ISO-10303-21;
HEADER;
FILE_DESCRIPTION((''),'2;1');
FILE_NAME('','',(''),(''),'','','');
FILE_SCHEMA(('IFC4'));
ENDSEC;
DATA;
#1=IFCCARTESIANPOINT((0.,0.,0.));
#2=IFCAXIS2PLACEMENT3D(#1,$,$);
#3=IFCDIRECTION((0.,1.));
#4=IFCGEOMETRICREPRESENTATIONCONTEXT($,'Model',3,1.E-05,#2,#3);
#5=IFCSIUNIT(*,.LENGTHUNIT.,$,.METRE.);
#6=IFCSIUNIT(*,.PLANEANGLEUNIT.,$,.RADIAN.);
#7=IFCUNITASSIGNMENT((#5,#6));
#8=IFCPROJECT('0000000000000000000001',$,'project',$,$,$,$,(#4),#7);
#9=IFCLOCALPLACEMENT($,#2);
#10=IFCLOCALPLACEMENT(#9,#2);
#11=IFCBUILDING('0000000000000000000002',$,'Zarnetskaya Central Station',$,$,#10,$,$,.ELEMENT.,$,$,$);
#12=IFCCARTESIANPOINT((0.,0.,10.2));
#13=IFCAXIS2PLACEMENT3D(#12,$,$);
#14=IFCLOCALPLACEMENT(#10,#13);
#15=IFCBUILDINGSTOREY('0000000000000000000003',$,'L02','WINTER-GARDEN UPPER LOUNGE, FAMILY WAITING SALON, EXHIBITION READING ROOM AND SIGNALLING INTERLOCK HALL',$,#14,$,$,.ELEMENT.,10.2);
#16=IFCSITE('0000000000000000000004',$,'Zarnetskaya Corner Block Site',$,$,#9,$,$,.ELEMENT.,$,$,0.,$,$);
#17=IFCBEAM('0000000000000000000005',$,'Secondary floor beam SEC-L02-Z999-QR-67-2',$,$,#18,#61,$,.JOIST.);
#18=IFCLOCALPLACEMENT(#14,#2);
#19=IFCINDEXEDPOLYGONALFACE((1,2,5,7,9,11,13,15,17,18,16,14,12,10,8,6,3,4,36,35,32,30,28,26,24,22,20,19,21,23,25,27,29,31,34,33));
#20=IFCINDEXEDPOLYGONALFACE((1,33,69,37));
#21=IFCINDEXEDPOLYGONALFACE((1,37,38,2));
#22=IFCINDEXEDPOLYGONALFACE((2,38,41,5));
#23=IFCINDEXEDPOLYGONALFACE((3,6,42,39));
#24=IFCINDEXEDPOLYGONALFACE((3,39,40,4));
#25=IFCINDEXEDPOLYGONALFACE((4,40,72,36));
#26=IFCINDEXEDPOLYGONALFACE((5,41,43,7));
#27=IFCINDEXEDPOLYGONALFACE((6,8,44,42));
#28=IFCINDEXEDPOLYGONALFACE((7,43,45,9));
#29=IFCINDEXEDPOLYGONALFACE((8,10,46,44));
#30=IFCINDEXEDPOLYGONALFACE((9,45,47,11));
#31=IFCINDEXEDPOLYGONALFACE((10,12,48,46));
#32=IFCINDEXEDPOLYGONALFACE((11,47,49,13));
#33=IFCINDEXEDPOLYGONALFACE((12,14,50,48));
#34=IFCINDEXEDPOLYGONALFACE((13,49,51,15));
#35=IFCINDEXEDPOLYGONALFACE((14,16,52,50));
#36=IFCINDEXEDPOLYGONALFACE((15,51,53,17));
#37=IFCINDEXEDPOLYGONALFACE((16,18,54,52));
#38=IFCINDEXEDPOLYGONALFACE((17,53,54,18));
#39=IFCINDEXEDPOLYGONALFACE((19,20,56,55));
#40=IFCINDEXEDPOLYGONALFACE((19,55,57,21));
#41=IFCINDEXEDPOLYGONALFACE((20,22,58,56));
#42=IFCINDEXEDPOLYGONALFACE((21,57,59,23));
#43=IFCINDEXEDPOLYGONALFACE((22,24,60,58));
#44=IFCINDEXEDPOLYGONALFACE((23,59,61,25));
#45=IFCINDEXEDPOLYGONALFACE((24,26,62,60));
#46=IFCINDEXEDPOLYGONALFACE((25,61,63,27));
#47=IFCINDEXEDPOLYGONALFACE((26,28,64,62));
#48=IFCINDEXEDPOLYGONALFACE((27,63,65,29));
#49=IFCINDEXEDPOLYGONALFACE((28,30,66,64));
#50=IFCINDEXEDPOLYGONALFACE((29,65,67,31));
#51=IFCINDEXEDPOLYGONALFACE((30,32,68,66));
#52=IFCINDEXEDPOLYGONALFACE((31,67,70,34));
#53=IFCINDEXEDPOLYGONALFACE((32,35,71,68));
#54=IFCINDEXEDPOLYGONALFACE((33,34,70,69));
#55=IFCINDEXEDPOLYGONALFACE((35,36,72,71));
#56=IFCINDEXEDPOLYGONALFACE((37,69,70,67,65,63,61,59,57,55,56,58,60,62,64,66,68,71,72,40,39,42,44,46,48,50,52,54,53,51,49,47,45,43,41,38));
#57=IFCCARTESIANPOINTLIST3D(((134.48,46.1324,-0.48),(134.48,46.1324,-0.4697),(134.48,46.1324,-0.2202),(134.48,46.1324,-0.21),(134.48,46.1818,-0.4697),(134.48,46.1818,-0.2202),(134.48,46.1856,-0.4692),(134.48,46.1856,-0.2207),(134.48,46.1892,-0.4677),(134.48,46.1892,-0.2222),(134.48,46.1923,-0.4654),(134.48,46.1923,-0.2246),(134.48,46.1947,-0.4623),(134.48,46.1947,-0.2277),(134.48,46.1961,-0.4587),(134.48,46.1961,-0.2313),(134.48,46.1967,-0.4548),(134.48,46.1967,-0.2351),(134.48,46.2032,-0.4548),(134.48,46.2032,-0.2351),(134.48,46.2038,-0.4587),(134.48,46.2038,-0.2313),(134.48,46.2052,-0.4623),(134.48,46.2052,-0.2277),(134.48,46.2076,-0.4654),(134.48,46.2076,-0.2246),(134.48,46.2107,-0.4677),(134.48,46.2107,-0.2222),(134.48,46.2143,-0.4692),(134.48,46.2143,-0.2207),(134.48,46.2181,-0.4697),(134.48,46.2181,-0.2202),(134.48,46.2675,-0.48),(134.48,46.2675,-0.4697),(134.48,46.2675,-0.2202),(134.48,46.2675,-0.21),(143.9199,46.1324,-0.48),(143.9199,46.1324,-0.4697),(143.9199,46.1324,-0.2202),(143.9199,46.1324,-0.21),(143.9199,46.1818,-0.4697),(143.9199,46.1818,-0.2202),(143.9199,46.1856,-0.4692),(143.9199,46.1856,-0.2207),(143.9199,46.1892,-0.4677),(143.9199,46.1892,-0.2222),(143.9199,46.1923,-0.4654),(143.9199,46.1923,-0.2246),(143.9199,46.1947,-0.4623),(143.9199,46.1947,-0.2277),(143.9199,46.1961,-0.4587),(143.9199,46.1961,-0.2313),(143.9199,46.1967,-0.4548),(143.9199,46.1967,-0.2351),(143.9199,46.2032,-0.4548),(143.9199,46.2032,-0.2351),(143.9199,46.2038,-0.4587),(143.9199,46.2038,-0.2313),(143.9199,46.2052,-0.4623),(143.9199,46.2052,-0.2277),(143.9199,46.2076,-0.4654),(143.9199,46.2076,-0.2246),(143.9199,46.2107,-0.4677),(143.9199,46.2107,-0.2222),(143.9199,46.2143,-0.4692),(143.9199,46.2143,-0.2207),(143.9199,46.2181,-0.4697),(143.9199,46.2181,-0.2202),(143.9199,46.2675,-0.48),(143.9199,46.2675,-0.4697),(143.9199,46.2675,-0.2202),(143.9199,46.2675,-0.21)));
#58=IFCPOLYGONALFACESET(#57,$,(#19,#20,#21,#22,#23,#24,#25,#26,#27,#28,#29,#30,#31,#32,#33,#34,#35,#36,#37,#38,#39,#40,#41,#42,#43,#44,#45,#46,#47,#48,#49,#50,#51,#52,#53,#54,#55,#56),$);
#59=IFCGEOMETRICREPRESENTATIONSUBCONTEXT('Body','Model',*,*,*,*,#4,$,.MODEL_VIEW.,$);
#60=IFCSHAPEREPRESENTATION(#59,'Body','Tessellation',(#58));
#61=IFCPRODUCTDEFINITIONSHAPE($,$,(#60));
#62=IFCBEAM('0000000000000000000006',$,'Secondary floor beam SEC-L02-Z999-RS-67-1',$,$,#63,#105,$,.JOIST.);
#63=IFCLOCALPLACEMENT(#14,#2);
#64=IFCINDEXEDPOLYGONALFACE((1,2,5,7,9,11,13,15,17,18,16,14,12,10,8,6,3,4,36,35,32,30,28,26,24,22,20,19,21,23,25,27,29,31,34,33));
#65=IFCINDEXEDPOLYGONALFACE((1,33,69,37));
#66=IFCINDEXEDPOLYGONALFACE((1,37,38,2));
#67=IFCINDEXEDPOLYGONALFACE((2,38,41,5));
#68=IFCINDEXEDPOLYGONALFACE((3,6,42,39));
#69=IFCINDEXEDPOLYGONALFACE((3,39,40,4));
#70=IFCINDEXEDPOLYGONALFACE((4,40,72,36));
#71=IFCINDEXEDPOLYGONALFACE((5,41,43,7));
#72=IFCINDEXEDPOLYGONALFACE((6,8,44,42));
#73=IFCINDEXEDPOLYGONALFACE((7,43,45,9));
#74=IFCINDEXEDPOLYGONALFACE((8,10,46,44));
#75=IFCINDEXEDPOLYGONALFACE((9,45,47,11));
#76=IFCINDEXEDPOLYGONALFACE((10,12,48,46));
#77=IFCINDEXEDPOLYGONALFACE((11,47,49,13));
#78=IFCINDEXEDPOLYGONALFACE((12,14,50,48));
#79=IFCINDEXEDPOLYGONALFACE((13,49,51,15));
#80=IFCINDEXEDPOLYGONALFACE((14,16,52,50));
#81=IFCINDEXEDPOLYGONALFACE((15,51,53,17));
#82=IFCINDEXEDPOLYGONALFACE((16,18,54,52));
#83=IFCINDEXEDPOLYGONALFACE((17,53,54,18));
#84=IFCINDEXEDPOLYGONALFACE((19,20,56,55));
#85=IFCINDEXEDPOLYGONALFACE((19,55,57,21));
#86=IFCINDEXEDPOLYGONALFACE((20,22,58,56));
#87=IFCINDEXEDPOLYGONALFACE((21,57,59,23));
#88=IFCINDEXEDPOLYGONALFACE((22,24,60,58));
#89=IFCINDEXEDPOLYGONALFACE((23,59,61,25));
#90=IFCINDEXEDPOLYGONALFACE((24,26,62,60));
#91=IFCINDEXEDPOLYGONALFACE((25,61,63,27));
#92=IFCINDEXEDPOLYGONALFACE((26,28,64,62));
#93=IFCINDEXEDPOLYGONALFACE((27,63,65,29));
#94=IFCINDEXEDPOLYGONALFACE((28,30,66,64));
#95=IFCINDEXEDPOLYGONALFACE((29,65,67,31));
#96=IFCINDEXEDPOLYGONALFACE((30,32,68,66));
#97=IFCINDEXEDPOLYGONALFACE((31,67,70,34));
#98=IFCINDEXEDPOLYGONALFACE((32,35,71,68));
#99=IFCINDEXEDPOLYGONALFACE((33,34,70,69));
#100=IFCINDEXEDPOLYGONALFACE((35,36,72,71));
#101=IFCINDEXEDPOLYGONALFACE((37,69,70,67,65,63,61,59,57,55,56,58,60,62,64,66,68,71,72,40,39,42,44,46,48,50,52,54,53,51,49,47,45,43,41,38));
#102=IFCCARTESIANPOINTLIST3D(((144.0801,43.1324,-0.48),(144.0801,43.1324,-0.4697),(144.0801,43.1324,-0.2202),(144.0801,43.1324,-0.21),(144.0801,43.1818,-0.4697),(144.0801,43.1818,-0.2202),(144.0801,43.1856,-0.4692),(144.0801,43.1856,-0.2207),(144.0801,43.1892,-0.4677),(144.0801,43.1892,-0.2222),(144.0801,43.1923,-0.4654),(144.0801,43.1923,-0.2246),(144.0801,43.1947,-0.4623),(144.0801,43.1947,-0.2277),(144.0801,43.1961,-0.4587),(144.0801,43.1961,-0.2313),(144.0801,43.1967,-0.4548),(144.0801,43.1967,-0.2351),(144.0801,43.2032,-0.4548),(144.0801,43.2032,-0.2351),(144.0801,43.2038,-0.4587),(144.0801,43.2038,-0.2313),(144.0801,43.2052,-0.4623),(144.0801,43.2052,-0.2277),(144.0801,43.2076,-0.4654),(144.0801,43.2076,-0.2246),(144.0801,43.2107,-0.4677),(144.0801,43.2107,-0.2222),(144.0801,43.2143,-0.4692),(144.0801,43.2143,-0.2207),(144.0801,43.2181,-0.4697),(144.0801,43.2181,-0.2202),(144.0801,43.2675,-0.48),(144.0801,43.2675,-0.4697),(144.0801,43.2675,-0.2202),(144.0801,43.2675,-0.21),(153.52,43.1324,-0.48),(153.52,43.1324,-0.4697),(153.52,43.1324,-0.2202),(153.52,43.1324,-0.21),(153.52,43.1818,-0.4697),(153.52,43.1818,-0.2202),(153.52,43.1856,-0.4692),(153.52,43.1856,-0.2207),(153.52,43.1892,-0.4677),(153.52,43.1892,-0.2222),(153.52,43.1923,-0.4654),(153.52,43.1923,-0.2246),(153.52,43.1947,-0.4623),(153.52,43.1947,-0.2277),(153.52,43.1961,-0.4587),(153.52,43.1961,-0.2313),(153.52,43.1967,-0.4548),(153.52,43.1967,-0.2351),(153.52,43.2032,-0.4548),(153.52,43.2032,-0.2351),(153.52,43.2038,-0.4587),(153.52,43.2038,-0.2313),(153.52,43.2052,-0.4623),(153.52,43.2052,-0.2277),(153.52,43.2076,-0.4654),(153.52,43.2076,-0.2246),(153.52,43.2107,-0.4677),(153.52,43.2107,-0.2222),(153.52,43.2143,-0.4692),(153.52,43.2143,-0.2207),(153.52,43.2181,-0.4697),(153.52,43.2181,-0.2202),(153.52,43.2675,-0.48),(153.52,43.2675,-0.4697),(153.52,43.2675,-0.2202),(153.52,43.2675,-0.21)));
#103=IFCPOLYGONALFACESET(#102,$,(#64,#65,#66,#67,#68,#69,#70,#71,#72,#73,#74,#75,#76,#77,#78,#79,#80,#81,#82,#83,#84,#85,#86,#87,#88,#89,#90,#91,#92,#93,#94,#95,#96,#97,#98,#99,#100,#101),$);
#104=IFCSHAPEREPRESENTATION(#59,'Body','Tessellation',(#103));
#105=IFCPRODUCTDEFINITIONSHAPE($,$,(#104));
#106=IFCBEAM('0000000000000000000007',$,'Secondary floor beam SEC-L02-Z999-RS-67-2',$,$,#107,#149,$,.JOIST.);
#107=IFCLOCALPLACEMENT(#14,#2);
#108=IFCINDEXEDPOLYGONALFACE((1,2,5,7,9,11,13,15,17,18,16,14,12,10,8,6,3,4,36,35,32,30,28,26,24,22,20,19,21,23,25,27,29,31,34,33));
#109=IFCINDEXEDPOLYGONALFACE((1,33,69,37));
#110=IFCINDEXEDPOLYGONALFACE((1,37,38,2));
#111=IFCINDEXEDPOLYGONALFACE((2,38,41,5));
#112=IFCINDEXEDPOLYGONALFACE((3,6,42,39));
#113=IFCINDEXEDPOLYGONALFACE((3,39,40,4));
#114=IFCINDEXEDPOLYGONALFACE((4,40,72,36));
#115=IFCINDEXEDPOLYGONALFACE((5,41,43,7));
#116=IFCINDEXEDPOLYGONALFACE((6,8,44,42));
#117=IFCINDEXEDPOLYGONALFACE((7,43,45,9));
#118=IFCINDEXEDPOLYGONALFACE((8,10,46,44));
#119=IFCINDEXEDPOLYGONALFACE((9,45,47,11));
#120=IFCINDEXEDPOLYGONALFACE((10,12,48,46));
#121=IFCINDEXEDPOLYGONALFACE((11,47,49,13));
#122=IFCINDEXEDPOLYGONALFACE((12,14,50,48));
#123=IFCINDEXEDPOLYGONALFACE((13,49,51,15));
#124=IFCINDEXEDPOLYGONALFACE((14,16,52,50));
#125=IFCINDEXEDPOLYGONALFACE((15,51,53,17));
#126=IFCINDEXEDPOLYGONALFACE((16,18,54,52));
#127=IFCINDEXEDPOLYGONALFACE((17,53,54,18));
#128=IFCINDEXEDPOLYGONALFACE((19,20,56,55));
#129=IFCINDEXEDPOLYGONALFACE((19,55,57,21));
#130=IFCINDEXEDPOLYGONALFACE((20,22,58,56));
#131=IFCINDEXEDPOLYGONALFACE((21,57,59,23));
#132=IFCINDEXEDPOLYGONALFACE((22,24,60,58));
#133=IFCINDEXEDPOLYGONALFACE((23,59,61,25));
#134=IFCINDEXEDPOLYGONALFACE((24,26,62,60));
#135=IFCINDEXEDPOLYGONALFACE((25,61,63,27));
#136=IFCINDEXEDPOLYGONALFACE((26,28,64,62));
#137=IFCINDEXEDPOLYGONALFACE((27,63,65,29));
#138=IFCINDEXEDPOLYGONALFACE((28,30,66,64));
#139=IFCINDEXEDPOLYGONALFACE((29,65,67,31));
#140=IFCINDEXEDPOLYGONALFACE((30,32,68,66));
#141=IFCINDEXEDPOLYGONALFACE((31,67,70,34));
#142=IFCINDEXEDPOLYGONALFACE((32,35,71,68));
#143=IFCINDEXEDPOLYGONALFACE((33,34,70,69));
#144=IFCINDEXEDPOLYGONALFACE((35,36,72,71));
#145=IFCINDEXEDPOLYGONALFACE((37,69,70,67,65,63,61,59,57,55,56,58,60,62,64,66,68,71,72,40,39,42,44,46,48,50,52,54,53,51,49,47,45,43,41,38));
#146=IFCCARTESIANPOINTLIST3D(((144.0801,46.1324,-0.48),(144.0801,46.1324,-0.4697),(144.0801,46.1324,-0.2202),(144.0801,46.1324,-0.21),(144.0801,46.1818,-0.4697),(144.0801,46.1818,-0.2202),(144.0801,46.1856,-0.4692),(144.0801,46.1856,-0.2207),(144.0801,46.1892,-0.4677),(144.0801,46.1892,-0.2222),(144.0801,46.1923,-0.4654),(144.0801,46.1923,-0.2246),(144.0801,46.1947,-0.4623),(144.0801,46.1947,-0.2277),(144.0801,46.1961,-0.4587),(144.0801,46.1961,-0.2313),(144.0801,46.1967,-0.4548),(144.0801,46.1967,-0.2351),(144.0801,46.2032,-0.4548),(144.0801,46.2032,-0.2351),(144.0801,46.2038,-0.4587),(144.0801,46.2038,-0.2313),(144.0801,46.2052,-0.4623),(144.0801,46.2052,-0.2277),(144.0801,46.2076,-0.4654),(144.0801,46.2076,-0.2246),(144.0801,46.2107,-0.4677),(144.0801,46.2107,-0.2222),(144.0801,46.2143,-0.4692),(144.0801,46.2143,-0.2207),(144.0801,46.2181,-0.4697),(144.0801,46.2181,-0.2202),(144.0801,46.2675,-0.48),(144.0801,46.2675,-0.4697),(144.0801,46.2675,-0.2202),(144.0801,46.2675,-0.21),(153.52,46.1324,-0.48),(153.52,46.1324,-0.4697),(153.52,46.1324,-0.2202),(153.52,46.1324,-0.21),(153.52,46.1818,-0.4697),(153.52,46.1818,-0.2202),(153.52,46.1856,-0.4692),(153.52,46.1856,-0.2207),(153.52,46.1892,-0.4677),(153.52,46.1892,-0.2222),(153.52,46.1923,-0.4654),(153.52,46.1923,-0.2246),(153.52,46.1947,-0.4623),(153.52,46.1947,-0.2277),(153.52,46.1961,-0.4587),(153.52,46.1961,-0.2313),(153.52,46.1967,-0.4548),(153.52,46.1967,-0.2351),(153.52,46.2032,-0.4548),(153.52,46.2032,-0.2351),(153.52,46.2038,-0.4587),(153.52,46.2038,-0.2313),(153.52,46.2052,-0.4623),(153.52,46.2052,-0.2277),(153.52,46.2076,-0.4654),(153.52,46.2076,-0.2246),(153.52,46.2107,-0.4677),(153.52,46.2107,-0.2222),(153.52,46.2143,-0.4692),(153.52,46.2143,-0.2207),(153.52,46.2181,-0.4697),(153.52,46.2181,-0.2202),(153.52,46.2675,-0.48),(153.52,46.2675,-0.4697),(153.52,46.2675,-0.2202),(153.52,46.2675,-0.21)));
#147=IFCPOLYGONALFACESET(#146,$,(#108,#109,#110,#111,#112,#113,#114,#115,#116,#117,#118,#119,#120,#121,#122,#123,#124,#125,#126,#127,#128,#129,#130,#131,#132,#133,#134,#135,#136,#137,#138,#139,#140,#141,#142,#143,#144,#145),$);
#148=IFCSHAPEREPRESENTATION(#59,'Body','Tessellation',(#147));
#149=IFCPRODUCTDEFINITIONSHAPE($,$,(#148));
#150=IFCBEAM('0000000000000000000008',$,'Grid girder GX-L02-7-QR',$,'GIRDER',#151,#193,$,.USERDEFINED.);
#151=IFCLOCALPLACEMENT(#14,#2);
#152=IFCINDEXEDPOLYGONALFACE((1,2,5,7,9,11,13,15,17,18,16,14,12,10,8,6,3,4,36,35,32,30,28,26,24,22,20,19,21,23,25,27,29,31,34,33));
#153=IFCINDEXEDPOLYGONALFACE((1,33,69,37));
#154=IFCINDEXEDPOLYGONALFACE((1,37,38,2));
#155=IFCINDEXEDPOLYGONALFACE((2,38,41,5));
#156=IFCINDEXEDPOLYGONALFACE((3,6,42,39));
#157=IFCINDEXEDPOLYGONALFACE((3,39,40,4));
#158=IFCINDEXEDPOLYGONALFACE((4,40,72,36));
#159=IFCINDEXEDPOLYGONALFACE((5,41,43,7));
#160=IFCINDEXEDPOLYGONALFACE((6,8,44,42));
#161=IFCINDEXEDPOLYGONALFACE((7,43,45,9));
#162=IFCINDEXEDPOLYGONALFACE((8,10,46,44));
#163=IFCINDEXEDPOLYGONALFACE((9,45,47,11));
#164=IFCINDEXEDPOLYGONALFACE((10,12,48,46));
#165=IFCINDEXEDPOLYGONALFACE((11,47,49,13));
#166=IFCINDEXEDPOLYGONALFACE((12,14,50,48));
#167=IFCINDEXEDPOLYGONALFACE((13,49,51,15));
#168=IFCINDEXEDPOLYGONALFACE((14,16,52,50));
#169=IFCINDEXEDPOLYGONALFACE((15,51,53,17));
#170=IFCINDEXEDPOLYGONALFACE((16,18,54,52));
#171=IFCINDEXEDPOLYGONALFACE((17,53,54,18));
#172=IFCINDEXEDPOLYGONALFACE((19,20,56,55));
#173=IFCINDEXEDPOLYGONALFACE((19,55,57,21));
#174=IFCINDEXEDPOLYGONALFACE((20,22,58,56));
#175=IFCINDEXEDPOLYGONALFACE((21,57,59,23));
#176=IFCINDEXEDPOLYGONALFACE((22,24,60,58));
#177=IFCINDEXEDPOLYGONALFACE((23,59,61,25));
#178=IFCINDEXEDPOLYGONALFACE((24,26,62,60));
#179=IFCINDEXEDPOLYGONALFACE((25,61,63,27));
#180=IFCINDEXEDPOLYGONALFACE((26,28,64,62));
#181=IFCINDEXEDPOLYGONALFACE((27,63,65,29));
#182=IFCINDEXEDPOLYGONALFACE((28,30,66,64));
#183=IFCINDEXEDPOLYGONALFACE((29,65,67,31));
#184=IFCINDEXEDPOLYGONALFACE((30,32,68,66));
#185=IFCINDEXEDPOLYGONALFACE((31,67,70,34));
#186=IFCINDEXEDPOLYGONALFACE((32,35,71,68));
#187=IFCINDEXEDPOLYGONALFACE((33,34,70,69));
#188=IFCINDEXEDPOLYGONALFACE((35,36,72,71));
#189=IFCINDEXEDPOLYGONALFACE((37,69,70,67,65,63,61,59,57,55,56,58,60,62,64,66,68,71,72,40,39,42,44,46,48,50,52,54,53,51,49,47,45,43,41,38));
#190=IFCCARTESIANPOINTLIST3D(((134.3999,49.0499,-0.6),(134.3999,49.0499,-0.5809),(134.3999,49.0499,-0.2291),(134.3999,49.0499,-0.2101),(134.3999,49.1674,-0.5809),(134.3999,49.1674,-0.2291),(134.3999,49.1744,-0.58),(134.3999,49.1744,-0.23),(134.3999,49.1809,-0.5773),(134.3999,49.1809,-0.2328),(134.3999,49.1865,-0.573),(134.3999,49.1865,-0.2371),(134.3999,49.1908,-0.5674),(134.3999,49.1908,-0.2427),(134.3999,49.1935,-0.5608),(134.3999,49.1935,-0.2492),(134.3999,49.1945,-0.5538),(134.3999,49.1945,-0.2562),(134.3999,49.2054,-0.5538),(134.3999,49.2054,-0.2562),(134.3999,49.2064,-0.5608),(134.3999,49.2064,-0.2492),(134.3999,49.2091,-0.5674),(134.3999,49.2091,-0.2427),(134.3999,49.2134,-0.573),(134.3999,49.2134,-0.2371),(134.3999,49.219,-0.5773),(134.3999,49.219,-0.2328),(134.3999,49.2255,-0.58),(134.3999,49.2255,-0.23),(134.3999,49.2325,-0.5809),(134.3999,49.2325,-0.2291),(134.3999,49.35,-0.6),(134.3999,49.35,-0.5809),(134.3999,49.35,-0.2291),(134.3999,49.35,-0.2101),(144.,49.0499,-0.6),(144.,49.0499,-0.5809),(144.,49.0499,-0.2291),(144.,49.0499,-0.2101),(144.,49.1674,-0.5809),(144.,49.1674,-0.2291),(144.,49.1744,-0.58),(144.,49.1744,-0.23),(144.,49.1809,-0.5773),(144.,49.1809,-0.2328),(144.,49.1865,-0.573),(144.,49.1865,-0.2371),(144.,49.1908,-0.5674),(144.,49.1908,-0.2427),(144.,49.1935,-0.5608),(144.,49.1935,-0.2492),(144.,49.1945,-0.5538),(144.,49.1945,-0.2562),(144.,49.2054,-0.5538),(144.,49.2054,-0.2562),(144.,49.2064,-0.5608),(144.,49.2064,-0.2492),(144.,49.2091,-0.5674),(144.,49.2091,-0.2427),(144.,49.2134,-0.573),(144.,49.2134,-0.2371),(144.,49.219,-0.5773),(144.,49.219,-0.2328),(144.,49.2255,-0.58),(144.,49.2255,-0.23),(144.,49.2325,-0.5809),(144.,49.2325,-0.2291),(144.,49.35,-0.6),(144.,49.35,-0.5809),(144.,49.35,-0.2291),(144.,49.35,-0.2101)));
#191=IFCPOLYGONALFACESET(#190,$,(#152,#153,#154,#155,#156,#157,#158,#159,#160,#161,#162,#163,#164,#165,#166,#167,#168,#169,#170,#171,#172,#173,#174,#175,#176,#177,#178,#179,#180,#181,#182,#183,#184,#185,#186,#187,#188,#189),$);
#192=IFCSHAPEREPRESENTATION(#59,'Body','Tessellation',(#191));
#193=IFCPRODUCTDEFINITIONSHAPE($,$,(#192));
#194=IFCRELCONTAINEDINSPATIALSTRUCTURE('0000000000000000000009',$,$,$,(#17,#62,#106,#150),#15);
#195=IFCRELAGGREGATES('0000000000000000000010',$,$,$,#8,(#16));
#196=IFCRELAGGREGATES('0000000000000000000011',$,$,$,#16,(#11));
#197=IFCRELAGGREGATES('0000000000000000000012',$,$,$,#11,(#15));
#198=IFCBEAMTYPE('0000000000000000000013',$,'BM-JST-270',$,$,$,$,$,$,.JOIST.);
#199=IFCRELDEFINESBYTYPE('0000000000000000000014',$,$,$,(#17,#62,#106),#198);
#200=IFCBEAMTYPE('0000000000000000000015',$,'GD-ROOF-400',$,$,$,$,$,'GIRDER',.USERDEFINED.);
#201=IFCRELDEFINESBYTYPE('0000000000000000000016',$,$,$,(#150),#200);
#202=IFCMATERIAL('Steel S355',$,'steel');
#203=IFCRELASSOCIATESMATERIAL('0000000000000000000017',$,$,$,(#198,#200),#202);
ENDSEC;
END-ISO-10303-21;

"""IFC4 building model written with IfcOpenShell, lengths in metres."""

from ifc_helpers import new_model, si_unit, direction, frame, origin, origin_2d, place, context, subcontext, project, spatial, i_section, extrude, material, material_profile, profile_set, type_object, element, save


model = new_model("IFC4")

# Units and contexts
model_context = context("Model", 3, precision=1e-05, world=origin(), true_north=direction((0.0, 1.0)))
body_context = subcontext(model_context, "Body", "Model", "MODEL_VIEW")
ifc_project = project(units=[si_unit("LENGTHUNIT", "METRE"), si_unit("PLANEANGLEUNIT", "RADIAN")], contexts=[model_context])

# Site, building, storey
site_placement = place(None, origin())
site = spatial("IfcSite", under=ifc_project, at=site_placement, Name="Zarnetskaya Corner Block Site", CompositionType="ELEMENT", RefElevation=0.0)
building_placement = place(site_placement, origin())
building = spatial("IfcBuilding", under=site, at=building_placement, Name="Zarnetskaya Central Station", CompositionType="ELEMENT")
storey_placement = place(building_placement, frame((0.0, 0.0, 10.2)))
storey = spatial("IfcBuildingStorey", under=building, at=storey_placement, Name="L02", Description="WINTER-GARDEN UPPER LOUNGE, FAMILY WAITING SALON, EXHIBITION READING ROOM AND SIGNALLING INTERLOCK HALL", CompositionType="ELEMENT", Elevation=10.2)

# Beams
ifc_material_1 = material(Name="Steel S355", Category="steel")
ifc_material_profile_1 = material_profile(ifc_material_1, i_section(OverallWidth=0.135, OverallDepth=0.27, WebThickness=0.0066, FlangeThickness=0.0103, FilletRadius=0.0149, at=origin_2d()), Name="IPE 270")
ifc_profile_set_1 = profile_set([ifc_material_profile_1], Name="Steel S355")
beam_type_1 = type_object("IfcBeamType", Name="BM-JST-270", PredefinedType="JOIST", material=ifc_profile_set_1)
for number, where, z_axis, x_axis, name in (
    (1, (134.48, 46.2, -0.345), (1.0, 0.0, 0.0), (0.0, 1.0, 0.0), "Secondary floor beam SEC-L02-Z999-QR-67-2"),
    (2, (144.0801, 43.2, -0.345), (1.0, 0.0, 0.0), (0.0, 1.0, 0.0), "Secondary floor beam SEC-L02-Z999-RS-67-1"),
    (3, (144.0801, 46.2, -0.345), (1.0, 0.0, 0.0), (0.0, 1.0, 0.0), "Secondary floor beam SEC-L02-Z999-RS-67-2"),
):
    element("IfcBeam", number, at=place(storey_placement, frame(where, z_axis=z_axis, x_axis=x_axis)), inside=storey, type_object=beam_type_1, Name=name, PredefinedType="JOIST", context=body_context, shape_type="SweptSolid", body=[
        extrude(i_section(OverallWidth=0.135, OverallDepth=0.27, WebThickness=0.0066, FlangeThickness=0.0103, FilletRadius=0.0149, at=origin_2d()), origin(), (0.0, 0.0, 1.0), 9.4399),
    ])
ifc_material_profile_2 = material_profile(ifc_material_1, i_section(OverallWidth=0.3, OverallDepth=0.3899, WebThickness=0.011, FlangeThickness=0.019, FilletRadius=0.0271, at=origin_2d()), Name="HEA 400")
ifc_profile_set_2 = profile_set([ifc_material_profile_2], Name="Steel S355")
beam_type_2 = type_object("IfcBeamType", Name="GD-ROOF-400", ElementType="GIRDER", PredefinedType="USERDEFINED", material=ifc_profile_set_2)
for number, where, z_axis, x_axis, name in (
    (4, (134.3999, 49.2, -0.405), (1.0, 0.0, 0.0), (0.0, 1.0, 0.0), "Grid girder GX-L02-7-QR"),
):
    element("IfcBeam", number, at=place(storey_placement, frame(where, z_axis=z_axis, x_axis=x_axis)), inside=storey, type_object=beam_type_2, Name=name, ObjectType="GIRDER", PredefinedType="USERDEFINED", context=body_context, shape_type="SweptSolid", body=[
        extrude(i_section(OverallWidth=0.3, OverallDepth=0.3899, WebThickness=0.011, FlangeThickness=0.019, FilletRadius=0.0271, at=origin_2d()), origin(), (0.0, 0.0, 1.0), 9.6001),
    ])

save(model, "model.ifc")
